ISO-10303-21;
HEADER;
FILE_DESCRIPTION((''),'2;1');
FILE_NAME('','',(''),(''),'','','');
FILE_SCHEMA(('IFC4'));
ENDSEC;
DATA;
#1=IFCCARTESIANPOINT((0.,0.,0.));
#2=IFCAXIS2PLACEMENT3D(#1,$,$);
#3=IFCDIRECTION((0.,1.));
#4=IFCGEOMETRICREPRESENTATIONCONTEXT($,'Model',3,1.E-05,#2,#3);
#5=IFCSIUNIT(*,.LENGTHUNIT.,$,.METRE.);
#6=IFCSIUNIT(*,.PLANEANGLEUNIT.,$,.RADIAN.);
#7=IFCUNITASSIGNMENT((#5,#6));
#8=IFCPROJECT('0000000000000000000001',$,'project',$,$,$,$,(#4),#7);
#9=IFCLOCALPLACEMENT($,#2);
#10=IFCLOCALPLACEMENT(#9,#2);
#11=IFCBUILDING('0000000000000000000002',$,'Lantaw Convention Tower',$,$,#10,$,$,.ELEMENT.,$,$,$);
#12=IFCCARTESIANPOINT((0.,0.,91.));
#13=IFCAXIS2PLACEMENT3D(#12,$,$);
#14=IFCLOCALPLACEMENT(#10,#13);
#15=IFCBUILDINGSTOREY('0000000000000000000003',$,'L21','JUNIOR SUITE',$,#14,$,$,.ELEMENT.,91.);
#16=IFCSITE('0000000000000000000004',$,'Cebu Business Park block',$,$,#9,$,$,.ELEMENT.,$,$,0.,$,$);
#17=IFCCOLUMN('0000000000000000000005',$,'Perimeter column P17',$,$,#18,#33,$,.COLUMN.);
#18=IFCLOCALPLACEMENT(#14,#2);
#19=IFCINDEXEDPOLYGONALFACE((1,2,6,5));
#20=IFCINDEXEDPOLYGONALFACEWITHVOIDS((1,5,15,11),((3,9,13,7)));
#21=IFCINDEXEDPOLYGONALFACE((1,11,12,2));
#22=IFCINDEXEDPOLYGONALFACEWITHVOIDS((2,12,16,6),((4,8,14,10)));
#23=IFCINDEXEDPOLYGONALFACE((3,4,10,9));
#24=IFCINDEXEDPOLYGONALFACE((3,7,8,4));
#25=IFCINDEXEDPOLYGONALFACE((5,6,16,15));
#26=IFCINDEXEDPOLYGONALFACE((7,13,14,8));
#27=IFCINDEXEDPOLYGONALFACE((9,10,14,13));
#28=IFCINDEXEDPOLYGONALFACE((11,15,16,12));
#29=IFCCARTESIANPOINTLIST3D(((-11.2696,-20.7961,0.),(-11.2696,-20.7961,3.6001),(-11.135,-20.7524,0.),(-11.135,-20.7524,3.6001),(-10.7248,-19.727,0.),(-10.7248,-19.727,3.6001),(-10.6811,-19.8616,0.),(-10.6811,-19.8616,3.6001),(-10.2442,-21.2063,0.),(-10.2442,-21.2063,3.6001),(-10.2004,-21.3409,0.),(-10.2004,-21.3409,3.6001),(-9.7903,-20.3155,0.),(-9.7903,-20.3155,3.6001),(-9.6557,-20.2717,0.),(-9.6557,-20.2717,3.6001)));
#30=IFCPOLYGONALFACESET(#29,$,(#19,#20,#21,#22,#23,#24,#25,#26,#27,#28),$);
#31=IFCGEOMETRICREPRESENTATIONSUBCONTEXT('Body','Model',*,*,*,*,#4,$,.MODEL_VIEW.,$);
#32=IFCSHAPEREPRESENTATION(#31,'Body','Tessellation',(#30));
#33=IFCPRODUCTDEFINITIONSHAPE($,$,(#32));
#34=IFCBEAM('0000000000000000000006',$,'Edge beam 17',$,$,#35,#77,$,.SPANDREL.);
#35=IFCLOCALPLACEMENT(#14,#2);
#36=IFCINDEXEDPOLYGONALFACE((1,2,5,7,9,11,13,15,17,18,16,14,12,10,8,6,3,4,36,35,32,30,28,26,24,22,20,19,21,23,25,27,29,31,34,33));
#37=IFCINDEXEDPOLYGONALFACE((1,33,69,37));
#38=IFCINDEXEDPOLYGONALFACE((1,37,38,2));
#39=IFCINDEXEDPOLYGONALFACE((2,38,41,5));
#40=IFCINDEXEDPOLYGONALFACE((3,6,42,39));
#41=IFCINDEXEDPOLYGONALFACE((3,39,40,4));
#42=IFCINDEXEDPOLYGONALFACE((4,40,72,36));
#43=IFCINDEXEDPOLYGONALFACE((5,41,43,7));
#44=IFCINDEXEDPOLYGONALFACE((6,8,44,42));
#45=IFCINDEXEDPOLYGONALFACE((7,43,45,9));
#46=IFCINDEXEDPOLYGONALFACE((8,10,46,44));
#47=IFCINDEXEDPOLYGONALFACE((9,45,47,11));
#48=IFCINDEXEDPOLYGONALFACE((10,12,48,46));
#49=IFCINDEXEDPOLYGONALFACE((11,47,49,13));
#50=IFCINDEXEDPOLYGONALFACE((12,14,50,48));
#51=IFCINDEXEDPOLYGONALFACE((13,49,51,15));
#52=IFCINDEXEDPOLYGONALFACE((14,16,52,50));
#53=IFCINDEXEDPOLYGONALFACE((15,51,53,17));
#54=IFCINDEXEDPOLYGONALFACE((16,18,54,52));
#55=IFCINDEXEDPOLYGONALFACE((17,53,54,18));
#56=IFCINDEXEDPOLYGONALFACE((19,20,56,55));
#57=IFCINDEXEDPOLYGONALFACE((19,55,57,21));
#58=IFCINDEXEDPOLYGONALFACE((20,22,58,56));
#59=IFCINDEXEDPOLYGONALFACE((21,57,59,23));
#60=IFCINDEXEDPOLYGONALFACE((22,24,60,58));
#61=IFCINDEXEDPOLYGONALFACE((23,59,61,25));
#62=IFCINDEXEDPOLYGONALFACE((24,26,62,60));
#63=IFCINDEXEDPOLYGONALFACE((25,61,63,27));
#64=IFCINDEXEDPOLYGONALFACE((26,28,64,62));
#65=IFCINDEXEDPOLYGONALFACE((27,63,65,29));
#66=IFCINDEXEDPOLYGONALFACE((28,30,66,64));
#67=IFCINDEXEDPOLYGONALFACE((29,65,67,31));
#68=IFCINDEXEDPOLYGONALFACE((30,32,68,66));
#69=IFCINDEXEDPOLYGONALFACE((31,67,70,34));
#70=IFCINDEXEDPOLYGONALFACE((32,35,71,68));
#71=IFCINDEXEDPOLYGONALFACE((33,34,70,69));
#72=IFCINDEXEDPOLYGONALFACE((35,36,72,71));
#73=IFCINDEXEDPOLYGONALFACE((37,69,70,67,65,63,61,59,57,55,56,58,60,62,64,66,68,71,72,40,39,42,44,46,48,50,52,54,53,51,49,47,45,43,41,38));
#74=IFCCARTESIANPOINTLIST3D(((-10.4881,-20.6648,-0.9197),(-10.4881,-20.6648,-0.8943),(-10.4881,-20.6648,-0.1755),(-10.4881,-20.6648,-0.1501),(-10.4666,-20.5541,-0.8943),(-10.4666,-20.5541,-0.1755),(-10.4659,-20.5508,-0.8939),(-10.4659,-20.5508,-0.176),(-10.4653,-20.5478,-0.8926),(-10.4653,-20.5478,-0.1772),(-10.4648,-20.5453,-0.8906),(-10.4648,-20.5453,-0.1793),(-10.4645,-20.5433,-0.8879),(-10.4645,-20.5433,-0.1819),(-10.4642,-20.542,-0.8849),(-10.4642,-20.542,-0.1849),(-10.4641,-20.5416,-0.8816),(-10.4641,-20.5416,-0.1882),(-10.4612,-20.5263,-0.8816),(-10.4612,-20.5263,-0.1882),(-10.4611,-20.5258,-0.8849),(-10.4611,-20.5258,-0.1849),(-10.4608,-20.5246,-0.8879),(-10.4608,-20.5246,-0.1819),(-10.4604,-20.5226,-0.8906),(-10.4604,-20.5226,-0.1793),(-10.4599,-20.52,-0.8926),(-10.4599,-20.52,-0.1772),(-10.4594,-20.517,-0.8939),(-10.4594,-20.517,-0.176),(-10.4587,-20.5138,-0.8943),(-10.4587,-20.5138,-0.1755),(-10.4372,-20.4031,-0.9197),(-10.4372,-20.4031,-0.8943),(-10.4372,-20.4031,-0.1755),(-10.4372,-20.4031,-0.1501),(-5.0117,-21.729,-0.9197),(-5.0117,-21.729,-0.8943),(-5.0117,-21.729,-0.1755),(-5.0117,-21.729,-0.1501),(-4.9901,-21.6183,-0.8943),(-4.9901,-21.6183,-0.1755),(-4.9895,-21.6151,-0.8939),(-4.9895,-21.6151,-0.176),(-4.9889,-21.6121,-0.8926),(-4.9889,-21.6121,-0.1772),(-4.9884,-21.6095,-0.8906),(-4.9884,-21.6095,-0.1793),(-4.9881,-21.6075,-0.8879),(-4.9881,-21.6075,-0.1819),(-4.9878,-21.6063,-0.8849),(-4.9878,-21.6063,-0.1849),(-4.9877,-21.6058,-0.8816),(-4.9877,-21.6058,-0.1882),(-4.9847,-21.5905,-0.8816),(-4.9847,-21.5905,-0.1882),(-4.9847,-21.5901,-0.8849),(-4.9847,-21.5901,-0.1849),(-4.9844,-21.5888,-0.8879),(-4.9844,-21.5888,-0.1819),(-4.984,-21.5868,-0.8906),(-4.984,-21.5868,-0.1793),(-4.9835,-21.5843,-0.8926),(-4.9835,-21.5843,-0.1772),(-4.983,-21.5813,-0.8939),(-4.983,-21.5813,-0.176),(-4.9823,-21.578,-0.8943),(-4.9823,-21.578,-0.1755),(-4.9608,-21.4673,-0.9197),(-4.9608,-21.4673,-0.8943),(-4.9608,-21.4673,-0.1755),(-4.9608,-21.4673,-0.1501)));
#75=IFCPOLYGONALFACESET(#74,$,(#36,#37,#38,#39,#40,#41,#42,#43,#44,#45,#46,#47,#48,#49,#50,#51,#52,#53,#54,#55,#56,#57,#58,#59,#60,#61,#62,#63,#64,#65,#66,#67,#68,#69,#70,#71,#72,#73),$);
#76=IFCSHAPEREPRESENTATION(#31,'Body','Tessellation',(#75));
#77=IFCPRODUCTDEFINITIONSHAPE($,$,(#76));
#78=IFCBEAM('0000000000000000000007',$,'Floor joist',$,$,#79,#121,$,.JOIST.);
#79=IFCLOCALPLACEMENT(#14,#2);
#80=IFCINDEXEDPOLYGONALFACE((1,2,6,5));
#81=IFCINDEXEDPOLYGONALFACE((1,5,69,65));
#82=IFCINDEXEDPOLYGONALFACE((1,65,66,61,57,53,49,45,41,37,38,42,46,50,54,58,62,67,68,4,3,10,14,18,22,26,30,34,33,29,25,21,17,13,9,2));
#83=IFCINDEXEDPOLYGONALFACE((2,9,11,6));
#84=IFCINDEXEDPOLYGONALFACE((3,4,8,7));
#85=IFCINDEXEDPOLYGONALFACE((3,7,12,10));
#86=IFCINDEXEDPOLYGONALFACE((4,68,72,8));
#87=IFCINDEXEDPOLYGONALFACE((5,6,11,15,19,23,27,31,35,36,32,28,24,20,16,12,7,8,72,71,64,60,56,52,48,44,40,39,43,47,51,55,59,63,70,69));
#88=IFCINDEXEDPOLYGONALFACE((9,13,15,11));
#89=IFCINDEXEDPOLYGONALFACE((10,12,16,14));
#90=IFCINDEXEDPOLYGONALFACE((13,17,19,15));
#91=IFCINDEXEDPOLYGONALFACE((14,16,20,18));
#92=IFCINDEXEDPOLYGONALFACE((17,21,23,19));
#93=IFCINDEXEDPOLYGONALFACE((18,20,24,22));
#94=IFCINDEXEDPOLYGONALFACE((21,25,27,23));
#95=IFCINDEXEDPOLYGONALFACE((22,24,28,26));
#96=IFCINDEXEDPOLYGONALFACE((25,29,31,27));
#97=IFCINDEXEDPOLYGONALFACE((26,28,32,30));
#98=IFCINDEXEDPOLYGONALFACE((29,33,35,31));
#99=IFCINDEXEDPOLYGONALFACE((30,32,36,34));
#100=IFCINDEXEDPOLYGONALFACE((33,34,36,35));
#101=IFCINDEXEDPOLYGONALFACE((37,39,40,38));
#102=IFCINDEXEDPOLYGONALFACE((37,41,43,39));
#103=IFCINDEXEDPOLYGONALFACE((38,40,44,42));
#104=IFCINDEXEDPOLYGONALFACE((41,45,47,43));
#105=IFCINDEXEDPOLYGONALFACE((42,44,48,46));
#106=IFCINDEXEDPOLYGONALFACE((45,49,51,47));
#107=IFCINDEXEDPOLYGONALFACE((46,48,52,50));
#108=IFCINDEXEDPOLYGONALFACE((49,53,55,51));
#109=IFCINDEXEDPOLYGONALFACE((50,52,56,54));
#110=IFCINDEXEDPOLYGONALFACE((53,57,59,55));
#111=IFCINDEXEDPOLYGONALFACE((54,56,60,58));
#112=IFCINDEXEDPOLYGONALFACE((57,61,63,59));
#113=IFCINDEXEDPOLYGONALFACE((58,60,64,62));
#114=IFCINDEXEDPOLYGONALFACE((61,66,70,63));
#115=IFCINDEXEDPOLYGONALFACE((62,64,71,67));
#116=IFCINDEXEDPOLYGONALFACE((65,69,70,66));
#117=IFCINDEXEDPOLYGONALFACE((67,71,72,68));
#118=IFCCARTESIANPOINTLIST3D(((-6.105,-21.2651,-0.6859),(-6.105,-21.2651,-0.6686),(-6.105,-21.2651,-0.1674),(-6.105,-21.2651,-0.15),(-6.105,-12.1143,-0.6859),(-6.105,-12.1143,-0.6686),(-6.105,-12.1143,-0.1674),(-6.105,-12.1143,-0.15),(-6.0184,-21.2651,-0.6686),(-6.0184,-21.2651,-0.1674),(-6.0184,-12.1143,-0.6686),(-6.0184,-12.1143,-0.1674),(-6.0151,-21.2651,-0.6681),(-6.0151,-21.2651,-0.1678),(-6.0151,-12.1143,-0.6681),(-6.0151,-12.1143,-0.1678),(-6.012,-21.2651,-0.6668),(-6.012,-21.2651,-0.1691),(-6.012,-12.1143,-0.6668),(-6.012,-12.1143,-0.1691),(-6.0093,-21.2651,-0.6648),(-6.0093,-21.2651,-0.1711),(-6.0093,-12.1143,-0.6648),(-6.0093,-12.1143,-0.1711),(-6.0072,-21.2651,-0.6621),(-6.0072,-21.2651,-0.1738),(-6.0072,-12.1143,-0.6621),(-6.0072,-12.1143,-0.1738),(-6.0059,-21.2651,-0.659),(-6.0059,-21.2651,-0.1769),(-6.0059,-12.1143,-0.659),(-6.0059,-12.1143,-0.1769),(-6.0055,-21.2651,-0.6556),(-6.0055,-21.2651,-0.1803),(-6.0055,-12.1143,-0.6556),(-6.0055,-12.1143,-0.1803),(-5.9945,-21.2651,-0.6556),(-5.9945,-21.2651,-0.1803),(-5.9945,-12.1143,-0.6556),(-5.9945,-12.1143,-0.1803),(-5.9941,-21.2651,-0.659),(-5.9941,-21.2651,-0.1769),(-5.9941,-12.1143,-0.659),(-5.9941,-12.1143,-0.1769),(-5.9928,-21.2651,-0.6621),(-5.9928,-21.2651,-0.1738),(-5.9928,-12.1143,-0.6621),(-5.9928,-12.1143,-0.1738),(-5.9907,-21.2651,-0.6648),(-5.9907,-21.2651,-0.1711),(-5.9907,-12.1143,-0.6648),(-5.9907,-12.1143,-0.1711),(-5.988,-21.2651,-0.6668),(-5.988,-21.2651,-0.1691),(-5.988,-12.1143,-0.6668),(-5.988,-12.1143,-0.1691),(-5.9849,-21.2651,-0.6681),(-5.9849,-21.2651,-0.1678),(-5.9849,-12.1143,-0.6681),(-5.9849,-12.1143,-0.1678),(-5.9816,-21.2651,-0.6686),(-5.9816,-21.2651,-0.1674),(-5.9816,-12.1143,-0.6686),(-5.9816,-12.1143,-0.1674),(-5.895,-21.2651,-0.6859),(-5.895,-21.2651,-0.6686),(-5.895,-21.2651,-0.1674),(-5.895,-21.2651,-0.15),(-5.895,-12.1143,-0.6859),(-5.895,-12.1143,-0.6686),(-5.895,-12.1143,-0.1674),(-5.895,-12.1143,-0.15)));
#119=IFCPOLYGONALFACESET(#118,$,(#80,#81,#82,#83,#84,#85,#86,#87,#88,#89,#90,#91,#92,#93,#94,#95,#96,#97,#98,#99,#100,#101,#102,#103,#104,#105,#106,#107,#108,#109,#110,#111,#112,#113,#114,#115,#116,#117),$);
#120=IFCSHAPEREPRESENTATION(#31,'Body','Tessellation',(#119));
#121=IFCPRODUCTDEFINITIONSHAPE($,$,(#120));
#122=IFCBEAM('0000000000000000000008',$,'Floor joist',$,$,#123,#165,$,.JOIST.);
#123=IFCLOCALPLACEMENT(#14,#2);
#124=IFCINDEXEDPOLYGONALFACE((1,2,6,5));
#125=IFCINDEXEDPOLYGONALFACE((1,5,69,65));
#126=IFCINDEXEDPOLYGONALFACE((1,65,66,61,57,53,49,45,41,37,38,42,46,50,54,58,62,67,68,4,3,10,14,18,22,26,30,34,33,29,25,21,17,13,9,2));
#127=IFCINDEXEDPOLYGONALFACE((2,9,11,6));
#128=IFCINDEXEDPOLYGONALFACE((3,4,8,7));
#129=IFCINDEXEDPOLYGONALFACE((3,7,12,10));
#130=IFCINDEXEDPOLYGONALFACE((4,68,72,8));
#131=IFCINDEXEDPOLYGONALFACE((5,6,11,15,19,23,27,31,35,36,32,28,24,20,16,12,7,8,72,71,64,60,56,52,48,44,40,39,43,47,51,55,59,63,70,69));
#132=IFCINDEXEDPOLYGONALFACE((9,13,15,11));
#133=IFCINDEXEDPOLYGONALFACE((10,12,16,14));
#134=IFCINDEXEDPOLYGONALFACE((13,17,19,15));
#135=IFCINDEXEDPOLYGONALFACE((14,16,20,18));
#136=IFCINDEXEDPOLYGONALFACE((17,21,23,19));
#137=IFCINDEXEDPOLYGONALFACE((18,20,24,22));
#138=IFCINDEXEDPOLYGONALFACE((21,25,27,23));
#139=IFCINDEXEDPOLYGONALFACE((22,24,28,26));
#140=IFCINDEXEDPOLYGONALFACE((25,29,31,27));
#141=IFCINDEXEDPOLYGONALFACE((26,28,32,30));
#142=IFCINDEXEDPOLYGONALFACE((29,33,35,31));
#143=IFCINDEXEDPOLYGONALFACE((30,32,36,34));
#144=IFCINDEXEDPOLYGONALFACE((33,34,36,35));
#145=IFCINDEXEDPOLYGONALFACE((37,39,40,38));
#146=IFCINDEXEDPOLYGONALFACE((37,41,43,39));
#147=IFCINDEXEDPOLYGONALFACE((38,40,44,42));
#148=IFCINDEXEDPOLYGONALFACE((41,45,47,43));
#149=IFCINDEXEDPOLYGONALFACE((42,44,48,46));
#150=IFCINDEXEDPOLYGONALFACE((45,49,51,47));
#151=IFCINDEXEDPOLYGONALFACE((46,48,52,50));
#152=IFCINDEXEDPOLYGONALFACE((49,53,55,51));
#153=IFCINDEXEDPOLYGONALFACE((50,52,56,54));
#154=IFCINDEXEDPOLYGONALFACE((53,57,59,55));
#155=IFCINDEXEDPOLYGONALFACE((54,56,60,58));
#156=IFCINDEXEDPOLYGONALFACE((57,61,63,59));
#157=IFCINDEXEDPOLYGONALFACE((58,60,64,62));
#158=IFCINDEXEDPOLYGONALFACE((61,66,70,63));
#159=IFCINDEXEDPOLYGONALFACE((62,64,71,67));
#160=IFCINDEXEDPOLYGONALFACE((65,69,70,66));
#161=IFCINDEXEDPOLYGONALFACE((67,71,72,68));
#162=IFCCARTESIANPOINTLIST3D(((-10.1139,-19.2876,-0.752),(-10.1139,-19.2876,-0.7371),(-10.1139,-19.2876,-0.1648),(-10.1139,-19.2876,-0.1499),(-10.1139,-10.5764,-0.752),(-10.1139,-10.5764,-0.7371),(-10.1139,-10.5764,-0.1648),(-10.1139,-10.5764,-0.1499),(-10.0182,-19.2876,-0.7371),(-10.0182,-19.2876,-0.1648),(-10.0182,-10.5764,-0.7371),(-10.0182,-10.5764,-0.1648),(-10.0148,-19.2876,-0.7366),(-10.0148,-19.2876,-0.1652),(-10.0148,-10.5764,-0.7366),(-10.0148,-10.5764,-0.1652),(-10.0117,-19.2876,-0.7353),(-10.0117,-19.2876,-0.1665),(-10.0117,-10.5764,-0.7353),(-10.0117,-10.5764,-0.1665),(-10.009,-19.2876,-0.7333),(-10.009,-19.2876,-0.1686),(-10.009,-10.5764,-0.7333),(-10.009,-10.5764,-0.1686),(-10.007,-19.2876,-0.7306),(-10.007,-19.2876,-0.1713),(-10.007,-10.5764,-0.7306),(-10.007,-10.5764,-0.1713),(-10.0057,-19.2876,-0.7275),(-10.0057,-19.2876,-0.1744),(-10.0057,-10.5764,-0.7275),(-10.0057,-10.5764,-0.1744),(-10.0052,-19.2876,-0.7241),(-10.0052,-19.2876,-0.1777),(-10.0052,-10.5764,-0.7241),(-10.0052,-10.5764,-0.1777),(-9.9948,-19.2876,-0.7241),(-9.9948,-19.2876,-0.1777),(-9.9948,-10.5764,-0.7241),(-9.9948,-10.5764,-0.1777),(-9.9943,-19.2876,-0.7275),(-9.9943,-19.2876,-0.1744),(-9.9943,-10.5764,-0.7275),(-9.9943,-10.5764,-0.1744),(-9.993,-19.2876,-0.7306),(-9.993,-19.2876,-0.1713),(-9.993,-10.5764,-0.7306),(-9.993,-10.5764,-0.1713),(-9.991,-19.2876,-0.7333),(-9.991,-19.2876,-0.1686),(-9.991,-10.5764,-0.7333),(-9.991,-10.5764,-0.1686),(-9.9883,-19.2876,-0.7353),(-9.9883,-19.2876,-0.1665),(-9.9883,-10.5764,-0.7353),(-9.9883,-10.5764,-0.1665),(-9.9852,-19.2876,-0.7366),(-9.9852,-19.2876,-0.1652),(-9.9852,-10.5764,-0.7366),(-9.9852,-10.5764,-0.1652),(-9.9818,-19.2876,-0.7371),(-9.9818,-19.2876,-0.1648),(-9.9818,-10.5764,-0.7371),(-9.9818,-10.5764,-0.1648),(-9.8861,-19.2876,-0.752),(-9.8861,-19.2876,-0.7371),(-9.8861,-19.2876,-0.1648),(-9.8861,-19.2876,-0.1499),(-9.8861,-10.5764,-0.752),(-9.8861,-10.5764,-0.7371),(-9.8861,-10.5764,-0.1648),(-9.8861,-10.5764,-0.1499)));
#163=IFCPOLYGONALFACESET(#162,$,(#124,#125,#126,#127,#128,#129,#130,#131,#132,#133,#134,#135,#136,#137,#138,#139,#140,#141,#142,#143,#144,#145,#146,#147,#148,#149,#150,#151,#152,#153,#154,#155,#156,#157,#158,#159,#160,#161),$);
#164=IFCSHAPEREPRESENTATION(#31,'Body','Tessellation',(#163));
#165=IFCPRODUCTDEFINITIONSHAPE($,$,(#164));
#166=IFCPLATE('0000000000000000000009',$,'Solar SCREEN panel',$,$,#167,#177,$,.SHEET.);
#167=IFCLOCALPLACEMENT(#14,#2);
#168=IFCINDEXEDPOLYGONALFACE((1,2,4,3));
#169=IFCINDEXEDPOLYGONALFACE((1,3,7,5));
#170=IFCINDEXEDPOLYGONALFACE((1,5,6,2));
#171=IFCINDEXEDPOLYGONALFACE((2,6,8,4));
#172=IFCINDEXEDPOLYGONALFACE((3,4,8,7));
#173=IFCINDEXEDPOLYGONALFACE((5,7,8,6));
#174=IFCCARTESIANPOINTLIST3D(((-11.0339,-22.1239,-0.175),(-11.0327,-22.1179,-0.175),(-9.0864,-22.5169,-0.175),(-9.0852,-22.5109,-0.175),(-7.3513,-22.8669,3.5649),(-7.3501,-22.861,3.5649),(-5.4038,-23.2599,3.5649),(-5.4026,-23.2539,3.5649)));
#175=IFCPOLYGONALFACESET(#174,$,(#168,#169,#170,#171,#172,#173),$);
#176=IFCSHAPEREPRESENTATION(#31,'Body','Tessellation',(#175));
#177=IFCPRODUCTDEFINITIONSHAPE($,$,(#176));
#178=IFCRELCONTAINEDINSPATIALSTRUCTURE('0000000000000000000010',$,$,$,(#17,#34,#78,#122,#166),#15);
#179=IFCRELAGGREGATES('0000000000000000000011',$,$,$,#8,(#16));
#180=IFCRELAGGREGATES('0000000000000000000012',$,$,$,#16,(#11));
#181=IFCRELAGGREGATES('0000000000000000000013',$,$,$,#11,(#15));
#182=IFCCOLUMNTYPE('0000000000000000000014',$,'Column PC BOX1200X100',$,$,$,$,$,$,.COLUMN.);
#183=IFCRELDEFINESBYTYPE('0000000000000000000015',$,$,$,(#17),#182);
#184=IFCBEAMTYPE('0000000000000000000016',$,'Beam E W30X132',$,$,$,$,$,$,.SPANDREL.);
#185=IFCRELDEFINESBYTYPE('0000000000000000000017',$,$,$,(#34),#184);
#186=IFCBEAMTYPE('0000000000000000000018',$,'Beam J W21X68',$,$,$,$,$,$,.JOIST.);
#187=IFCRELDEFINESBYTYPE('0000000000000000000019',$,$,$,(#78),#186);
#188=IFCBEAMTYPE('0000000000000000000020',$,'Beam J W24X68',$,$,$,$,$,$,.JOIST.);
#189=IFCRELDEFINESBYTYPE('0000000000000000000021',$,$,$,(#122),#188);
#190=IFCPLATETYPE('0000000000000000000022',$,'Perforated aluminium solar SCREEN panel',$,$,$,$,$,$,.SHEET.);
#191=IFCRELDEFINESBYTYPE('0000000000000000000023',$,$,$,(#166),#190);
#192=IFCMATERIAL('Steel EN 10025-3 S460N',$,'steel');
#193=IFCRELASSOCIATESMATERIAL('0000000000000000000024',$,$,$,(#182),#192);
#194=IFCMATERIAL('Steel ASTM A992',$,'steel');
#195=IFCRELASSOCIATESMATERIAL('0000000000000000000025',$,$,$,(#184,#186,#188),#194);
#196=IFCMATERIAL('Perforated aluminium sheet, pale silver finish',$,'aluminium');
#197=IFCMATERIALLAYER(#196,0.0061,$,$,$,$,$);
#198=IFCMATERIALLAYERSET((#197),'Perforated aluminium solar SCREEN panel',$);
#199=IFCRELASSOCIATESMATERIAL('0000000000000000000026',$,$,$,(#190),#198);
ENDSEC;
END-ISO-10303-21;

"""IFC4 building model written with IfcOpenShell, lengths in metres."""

from ifc_helpers import new_model, si_unit, direction, frame, origin, origin_2d, place, context, subcontext, project, spatial, polyline, rectangle, hollow_rectangle, i_section, outline, extrude, material, layer, layer_set, material_profile, profile_set, type_object, element, save


model = new_model("IFC4")

# Units and contexts
model_context = context("Model", 3, precision=1e-05, world=origin(), true_north=direction((0.0, 1.0)))
body_context = subcontext(model_context, "Body", "Model", "MODEL_VIEW")
ifc_project = project(units=[si_unit("LENGTHUNIT", "METRE"), si_unit("PLANEANGLEUNIT", "RADIAN")], contexts=[model_context])

# Site, building, storey
site_placement = place(None, origin())
site = spatial("IfcSite", under=ifc_project, at=site_placement, Name="Cebu Business Park block", CompositionType="ELEMENT", RefElevation=0.0)
building_placement = place(site_placement, origin())
building = spatial("IfcBuilding", under=site, at=building_placement, Name="Lantaw Convention Tower", CompositionType="ELEMENT")
storey_placement = place(building_placement, frame((0.0, 0.0, 91.0)))
storey = spatial("IfcBuildingStorey", under=building, at=storey_placement, Name="L21", Description="JUNIOR SUITE", CompositionType="ELEMENT", Elevation=91.0)

# Column
ifc_material_1 = material(Name="Steel EN 10025-3 S460N", Category="steel")
ifc_material_profile_1 = material_profile(ifc_material_1, hollow_rectangle(XDim=1.2, YDim=1.2, WallThickness=0.1001, at=origin_2d()), Name="BOX1200X100")
ifc_material_2 = material(Name="Concrete C60/75", Category="concrete")
ifc_material_profile_2 = material_profile(ifc_material_2, rectangle(XDim=1.0, YDim=1.0, at=origin_2d()), Name="Concrete fill of BOX1200X100")
ifc_profile_set_1 = profile_set([ifc_material_profile_1, ifc_material_profile_2], Name="Steel EN 10025-3 S460N")
column_type = type_object("IfcColumnType", Name="Column PC BOX1200X100", PredefinedType="COLUMN", material=ifc_profile_set_1)
column_placement = place(storey_placement, frame((-10.4626, -20.5339, 0.0), z_axis=(0.0, 0.0, 1.0), x_axis=(0.45399, 0.891007, 0.0)))
element("IfcColumn", 1, at=column_placement, inside=storey, type_object=column_type, Name="Perimeter column P17", PredefinedType="COLUMN", context=body_context, shape_type="SweptSolid", body=[
    extrude(hollow_rectangle(XDim=1.2, YDim=1.2, WallThickness=0.1001, at=origin_2d()), origin(), (0.0, 0.0, 1.0), 3.6001),
])

# Beams
ifc_material_3 = material(Name="Steel ASTM A992", Category="steel")
ifc_material_profile_3 = material_profile(ifc_material_3, i_section(OverallWidth=0.2666, OverallDepth=0.7695, WebThickness=0.0156, FlangeThickness=0.0254, FilletRadius=0.0127, at=origin_2d()), Name="W30X132")
ifc_profile_set_2 = profile_set([ifc_material_profile_3], Name="Steel ASTM A992")
beam_type_1 = type_object("IfcBeamType", Name="Beam E W30X132", PredefinedType="SPANDREL", material=ifc_profile_set_2)
beam_1_placement = place(storey_placement, frame((-10.4626, -20.5339, -0.5349), z_axis=(0.981637, -0.190761, 0.0), x_axis=(0.190761, 0.981637, 0.0)))
element("IfcBeam", 2, at=beam_1_placement, inside=storey, type_object=beam_type_1, Name="Edge beam 17", PredefinedType="SPANDREL", context=body_context, shape_type="SweptSolid", body=[
    extrude(i_section(OverallWidth=0.2666, OverallDepth=0.7695, WebThickness=0.0156, FlangeThickness=0.0254, FilletRadius=0.0127, at=origin_2d()), origin(), (0.0, 0.0, 1.0), 5.5789),
])
ifc_material_profile_4 = material_profile(ifc_material_3, i_section(OverallWidth=0.21, OverallDepth=0.5359, WebThickness=0.011, FlangeThickness=0.0173, FilletRadius=0.0129, at=origin_2d()), Name="W21X68")
ifc_profile_set_3 = profile_set([ifc_material_profile_4], Name="Steel ASTM A992")
beam_type_2 = type_object("IfcBeamType", Name="Beam J W21X68", PredefinedType="JOIST", material=ifc_profile_set_3)
beam_2_placement = place(storey_placement, frame((-6.0, -21.2651, -0.418), z_axis=(0.0, 1.0, 0.0), x_axis=(-1.0, 0.0, 0.0)))
element("IfcBeam", 3, at=beam_2_placement, inside=storey, type_object=beam_type_2, Name="Floor joist", PredefinedType="JOIST", context=body_context, shape_type="SweptSolid", body=[
    extrude(i_section(OverallWidth=0.21, OverallDepth=0.5359, WebThickness=0.011, FlangeThickness=0.0173, FilletRadius=0.0129, at=origin_2d()), origin(), (0.0, 0.0, 1.0), 9.1509),
])
ifc_material_profile_5 = material_profile(ifc_material_3, i_section(OverallWidth=0.2278, OverallDepth=0.6021, WebThickness=0.0105, FlangeThickness=0.0149, FilletRadius=0.0129, at=origin_2d()), Name="W24X68")
ifc_profile_set_4 = profile_set([ifc_material_profile_5], Name="Steel ASTM A992")
beam_type_3 = type_object("IfcBeamType", Name="Beam J W24X68", PredefinedType="JOIST", material=ifc_profile_set_4)
beam_3_placement = place(storey_placement, frame((-10.0, -19.2876, -0.4509), z_axis=(0.0, 1.0, 0.0), x_axis=(-1.0, 0.0, 0.0)))
element("IfcBeam", 4, at=beam_3_placement, inside=storey, type_object=beam_type_3, Name="Floor joist", PredefinedType="JOIST", context=body_context, shape_type="SweptSolid", body=[
    extrude(i_section(OverallWidth=0.2278, OverallDepth=0.6021, WebThickness=0.0105, FlangeThickness=0.0149, FilletRadius=0.0129, at=origin_2d()), origin(), (0.0, 0.0, 1.0), 8.7112),
])

# Plate
ifc_material_4 = material(Name="Perforated aluminium sheet, pale silver finish", Category="aluminium")
ifc_layer_1 = layer(ifc_material_4, 0.0061)
ifc_layer_set_1 = layer_set([ifc_layer_1], Name="Perforated aluminium solar SCREEN panel")
plate_type = type_object("IfcPlateType", Name="Perforated aluminium solar SCREEN panel", PredefinedType="SHEET", material=ifc_layer_set_1)
plate_placement = place(storey_placement, frame((-11.0327, -22.1179, -0.175), z_axis=(0.197782, 0.980246, 0.000002), x_axis=(0.980246, -0.197782, 0.0)))
element("IfcPlate", 5, at=plate_placement, inside=storey, type_object=plate_type, Name="Solar SCREEN panel", PredefinedType="SHEET", context=body_context, shape_type="SweptSolid", body=[
    extrude(outline(polyline([(0.0, 0.0), (1.9868, 0.0), (5.7436, -3.74), (3.7569, -3.74), (0.0, 0.0)])), origin(), (0.0, 0.0, -1.0), 0.0061),
])

save(model, "model.ifc")
